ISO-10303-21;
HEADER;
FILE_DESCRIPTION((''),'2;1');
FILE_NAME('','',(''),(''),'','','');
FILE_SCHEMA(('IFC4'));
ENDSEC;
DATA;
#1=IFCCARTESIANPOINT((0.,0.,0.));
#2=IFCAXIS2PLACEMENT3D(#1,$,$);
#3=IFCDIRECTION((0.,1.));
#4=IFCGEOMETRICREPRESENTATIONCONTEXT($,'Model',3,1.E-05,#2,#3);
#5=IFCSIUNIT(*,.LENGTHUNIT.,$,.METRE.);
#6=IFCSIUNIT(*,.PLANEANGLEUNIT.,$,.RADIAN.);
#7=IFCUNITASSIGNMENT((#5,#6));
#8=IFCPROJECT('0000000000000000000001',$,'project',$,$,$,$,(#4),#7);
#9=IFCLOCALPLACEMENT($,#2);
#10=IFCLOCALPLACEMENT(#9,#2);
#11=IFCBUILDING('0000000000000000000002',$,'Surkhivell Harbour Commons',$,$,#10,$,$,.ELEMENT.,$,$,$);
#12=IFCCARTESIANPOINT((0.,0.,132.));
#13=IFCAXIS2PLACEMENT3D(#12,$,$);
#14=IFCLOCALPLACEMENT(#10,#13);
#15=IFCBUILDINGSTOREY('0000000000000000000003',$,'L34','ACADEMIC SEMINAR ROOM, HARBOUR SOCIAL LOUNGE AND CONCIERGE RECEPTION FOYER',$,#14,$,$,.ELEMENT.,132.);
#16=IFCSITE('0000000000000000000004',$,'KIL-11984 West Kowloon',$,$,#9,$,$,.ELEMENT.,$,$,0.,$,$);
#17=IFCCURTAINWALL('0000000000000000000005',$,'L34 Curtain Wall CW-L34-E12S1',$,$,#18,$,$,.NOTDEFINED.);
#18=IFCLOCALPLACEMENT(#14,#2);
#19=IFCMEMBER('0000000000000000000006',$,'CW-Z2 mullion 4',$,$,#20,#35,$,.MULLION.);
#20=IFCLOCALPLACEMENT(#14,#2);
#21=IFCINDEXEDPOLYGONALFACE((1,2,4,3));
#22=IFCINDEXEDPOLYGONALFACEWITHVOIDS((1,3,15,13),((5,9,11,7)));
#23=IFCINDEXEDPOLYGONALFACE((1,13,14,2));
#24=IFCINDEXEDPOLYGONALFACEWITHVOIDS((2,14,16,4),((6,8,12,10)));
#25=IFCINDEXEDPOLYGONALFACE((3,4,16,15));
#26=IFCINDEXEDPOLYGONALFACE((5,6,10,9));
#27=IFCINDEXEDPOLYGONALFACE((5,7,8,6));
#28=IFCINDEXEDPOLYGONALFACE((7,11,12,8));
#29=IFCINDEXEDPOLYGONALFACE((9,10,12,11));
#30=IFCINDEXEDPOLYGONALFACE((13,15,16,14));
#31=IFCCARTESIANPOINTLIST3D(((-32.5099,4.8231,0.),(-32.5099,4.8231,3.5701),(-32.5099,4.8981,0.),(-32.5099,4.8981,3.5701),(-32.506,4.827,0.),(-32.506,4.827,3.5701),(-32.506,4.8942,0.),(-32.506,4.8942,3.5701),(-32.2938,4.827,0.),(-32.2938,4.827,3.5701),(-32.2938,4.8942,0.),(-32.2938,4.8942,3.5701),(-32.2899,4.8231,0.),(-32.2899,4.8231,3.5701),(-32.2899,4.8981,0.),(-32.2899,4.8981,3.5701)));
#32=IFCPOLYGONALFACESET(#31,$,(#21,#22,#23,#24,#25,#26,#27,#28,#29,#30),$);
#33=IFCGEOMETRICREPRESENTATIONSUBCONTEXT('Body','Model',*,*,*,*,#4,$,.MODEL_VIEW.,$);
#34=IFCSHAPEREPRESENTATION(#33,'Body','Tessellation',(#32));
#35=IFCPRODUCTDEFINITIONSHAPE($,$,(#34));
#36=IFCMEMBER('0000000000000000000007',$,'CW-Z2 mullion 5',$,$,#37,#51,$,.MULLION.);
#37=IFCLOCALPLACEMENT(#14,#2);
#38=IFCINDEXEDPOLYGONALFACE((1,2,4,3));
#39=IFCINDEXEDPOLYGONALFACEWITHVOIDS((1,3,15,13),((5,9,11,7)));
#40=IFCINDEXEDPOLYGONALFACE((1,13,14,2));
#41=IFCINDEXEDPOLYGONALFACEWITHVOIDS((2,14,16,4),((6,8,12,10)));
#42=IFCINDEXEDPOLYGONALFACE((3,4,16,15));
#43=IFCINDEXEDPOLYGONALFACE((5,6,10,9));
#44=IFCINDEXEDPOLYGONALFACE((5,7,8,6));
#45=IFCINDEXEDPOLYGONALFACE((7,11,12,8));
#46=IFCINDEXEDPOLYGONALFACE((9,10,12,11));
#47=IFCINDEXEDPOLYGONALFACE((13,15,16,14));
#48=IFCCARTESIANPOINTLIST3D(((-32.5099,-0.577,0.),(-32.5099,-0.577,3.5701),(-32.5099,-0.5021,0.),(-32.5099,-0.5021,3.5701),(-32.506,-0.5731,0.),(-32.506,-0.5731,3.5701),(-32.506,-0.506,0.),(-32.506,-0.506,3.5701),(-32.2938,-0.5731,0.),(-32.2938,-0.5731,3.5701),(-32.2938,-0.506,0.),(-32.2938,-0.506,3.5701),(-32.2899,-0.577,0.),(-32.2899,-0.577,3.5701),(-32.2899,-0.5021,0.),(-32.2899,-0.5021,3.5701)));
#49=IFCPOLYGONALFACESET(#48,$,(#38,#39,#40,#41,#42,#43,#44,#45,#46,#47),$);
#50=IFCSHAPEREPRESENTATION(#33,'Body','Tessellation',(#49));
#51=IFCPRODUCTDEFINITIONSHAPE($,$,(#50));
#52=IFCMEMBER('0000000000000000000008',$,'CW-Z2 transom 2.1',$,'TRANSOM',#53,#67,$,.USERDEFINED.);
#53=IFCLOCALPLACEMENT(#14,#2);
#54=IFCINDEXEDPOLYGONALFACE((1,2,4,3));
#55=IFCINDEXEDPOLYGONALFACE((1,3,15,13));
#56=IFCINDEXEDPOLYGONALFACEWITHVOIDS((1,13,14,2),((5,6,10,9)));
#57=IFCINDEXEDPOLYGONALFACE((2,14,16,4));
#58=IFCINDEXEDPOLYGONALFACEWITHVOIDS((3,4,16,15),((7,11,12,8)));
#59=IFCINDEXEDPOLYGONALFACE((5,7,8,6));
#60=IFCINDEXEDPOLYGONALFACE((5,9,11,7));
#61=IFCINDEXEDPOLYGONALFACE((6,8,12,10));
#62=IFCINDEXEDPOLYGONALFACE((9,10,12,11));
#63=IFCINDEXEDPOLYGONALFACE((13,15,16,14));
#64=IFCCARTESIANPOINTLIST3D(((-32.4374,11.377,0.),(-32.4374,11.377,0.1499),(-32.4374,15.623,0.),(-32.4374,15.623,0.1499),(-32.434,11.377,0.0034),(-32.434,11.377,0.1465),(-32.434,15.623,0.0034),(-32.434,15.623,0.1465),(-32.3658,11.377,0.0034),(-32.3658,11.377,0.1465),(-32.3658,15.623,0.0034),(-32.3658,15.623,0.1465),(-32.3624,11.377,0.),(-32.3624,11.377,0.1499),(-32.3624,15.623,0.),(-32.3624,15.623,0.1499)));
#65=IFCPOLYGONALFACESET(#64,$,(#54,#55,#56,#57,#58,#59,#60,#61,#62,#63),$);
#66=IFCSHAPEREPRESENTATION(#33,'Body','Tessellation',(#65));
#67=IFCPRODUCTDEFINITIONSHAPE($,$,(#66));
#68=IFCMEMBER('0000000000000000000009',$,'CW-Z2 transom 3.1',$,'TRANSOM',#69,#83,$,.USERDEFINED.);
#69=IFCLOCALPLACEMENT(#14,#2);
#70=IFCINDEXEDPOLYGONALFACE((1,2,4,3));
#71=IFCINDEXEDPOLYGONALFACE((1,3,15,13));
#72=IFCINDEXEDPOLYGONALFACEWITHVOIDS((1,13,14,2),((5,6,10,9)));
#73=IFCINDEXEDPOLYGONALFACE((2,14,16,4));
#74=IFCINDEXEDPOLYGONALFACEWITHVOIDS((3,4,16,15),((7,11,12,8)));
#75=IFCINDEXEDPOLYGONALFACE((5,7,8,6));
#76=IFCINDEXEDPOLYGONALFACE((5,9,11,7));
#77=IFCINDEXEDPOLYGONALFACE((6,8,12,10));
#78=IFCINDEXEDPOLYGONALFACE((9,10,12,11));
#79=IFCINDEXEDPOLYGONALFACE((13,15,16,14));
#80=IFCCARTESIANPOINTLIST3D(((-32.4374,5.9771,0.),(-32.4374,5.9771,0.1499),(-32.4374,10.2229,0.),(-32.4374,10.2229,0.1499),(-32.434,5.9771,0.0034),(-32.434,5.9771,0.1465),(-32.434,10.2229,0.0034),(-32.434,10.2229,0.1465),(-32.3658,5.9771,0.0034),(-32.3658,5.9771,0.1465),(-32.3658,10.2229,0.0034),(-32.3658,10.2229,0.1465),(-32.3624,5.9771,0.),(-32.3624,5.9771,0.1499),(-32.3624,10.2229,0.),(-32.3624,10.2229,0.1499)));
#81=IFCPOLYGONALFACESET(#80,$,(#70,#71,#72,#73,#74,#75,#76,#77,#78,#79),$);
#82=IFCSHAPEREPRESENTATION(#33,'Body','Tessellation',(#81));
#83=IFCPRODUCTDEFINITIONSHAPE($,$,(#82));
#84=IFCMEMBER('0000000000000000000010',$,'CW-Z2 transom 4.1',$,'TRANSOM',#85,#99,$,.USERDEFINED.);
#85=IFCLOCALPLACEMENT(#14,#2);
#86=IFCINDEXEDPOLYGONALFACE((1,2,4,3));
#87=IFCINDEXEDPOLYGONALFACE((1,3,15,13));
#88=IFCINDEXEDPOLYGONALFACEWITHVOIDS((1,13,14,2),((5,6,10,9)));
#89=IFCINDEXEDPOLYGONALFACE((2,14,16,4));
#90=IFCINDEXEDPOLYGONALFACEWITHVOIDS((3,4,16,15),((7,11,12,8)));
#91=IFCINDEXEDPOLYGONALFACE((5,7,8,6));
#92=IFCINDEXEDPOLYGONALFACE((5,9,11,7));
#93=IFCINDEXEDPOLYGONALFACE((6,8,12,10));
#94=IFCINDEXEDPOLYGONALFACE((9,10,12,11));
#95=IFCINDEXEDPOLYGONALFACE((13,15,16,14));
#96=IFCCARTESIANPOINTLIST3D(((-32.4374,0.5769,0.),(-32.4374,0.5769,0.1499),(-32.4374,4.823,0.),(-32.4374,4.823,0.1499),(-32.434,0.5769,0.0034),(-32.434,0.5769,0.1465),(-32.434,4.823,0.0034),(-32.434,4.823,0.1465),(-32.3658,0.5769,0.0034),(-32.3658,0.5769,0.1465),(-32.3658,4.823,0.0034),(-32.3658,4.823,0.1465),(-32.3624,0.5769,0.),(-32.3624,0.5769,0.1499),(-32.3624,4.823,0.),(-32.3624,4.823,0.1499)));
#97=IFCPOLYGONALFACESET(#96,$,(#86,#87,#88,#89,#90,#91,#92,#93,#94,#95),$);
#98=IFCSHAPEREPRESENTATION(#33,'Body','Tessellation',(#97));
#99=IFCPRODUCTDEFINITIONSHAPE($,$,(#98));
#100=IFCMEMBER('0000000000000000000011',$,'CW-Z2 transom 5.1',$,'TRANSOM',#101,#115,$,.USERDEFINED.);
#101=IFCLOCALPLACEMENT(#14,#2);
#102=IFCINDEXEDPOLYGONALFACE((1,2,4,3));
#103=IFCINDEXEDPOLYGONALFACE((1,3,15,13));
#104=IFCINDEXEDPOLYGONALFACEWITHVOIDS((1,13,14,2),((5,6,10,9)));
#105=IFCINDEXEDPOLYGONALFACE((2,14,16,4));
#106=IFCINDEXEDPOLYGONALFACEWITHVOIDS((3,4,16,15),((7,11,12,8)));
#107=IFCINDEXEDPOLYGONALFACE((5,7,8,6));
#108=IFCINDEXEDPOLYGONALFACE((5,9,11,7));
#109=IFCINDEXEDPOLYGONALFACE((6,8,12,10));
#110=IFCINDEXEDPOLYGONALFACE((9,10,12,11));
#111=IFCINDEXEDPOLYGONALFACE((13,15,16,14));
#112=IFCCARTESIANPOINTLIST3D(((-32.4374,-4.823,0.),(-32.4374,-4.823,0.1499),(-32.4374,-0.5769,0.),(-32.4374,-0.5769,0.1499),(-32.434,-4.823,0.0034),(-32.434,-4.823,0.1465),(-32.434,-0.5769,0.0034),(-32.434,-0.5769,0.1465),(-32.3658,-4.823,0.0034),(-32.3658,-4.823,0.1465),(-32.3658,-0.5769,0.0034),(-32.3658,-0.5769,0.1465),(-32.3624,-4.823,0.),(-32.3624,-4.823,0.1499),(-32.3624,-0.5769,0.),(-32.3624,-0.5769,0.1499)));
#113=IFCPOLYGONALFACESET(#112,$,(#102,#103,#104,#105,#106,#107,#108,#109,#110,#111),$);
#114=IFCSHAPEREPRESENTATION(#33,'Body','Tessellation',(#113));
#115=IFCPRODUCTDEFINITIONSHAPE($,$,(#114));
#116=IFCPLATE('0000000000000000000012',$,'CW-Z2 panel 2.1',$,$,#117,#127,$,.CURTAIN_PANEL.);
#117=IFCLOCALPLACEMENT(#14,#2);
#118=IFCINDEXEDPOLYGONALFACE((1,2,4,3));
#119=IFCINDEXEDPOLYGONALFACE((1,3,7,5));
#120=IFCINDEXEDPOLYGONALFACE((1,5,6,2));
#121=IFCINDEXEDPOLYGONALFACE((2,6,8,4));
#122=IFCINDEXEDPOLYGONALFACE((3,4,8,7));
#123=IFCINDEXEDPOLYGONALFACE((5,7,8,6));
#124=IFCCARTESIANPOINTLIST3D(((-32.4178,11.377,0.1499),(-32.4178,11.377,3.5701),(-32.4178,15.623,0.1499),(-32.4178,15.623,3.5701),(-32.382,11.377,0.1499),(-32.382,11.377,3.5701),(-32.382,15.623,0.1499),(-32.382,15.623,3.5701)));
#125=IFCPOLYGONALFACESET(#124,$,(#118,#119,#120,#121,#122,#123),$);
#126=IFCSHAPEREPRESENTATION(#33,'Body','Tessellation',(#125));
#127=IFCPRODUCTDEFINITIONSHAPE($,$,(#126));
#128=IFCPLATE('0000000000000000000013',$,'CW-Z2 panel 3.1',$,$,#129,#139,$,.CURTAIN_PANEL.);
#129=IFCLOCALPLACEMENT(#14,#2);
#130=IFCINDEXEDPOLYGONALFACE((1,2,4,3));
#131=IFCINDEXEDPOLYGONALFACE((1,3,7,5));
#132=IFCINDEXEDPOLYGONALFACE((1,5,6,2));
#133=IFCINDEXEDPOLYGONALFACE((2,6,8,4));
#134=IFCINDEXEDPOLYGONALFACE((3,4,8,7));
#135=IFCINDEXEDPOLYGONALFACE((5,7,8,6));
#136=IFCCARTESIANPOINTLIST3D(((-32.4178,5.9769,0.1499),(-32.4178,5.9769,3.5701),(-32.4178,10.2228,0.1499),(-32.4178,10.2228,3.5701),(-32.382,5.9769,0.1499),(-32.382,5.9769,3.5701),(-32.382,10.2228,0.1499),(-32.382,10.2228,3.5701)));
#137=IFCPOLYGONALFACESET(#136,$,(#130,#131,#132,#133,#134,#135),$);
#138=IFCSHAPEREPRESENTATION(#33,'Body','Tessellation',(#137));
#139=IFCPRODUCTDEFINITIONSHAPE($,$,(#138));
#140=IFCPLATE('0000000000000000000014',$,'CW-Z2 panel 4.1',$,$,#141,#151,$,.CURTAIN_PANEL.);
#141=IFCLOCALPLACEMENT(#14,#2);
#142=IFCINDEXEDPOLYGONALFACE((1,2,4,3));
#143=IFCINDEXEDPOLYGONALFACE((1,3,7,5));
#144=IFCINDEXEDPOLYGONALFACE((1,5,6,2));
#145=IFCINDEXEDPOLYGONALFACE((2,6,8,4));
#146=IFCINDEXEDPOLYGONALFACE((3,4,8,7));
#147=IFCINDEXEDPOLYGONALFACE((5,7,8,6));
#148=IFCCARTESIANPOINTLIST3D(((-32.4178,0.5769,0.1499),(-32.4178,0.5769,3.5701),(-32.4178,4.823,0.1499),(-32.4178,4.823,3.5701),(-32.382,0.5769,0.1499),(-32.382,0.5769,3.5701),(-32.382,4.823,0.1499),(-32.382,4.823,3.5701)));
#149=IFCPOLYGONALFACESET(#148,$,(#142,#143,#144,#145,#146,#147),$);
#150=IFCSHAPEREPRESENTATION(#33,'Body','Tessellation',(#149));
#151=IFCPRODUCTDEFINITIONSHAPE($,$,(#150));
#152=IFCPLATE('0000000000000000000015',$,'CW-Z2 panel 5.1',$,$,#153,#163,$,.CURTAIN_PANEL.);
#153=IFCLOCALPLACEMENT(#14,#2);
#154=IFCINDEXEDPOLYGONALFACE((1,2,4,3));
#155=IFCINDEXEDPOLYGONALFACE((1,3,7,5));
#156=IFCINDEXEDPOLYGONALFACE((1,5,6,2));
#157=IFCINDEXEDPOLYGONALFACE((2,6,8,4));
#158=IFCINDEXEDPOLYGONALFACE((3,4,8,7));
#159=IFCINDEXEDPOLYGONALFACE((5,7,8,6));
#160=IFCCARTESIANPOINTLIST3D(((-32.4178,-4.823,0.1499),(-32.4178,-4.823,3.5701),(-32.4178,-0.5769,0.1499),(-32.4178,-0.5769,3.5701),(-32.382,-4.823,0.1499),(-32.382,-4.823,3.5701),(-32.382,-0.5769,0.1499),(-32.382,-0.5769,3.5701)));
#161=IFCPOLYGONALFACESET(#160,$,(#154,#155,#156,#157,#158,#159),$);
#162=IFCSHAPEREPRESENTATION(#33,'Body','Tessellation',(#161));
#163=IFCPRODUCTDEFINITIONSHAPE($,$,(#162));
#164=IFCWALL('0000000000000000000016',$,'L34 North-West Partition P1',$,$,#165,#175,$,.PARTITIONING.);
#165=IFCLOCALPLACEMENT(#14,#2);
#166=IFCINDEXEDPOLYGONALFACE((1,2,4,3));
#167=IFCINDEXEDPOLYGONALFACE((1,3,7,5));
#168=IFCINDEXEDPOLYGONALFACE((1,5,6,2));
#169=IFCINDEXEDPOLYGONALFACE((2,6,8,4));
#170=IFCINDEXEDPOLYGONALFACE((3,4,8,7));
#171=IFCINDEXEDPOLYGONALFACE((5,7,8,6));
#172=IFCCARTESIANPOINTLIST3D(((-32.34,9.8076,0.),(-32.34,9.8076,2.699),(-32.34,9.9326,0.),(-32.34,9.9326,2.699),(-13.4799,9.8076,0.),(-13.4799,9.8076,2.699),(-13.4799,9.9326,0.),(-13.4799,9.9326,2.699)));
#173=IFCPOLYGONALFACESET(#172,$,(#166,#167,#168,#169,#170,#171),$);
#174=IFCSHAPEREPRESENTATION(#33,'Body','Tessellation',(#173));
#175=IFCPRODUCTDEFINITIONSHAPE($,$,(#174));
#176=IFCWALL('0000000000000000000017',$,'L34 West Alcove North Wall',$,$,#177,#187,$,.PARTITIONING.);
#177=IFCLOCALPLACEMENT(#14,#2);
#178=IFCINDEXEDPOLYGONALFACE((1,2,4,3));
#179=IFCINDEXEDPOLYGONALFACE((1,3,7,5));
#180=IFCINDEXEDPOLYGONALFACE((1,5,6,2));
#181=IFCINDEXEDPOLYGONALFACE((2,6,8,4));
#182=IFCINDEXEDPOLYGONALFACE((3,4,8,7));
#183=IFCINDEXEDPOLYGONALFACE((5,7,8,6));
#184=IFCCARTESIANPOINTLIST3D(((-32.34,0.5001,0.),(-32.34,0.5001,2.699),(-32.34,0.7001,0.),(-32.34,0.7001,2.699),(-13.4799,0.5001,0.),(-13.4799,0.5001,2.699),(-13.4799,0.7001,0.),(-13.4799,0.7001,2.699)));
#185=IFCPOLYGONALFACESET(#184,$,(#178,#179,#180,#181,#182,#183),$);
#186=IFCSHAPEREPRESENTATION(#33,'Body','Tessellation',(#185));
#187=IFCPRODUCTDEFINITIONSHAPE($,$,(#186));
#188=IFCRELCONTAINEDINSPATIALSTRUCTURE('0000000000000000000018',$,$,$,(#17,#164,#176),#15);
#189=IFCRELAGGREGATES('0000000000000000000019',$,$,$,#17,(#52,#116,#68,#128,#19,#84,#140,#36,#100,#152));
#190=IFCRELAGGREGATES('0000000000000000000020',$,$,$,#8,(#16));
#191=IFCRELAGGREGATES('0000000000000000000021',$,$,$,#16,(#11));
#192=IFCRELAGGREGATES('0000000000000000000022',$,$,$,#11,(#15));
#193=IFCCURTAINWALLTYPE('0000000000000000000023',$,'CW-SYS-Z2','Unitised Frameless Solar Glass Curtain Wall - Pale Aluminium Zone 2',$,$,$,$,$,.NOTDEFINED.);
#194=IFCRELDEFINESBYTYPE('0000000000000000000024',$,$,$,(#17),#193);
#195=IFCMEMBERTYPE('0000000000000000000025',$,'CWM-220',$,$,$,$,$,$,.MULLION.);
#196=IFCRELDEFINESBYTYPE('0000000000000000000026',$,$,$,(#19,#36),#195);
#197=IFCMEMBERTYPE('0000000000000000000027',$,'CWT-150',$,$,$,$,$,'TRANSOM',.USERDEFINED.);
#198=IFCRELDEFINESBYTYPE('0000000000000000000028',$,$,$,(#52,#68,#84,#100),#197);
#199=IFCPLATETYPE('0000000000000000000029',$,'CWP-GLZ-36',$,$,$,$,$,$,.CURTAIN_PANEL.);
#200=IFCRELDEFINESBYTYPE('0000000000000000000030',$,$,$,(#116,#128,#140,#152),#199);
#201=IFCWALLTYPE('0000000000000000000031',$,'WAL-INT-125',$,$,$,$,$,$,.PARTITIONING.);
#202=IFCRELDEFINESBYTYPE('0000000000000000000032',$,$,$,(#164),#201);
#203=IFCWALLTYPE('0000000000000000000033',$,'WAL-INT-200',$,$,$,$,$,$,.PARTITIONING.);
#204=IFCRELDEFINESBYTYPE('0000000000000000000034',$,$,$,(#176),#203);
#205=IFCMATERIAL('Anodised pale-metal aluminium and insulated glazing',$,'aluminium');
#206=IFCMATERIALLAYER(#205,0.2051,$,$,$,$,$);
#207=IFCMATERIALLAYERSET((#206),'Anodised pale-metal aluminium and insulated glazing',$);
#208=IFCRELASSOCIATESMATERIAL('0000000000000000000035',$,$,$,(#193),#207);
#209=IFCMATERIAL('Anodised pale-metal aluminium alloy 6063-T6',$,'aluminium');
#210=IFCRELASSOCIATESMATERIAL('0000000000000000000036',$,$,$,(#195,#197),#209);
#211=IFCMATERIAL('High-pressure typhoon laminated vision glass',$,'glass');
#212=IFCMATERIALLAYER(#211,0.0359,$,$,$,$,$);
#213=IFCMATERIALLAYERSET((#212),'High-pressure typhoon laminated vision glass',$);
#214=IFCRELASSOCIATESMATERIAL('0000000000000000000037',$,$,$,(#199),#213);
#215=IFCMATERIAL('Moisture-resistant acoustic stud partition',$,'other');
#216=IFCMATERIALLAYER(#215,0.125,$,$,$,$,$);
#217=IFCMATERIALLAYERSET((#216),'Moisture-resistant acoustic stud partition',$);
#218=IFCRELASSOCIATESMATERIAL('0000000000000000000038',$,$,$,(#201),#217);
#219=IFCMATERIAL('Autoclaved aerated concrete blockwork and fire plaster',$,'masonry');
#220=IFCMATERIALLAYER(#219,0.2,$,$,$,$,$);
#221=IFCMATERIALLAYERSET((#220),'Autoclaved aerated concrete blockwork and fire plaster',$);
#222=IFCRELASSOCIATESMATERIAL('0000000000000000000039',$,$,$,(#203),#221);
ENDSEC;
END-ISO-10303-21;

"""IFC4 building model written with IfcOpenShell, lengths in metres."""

from ifc_helpers import new_model, si_unit, direction, frame, frame_2d, origin, origin_2d, place, context, subcontext, project, spatial, rectangle, hollow_rectangle, extrude, material, layer, layer_set, material_profile, profile_set, type_object, element, aggregate, save


model = new_model("IFC4")

# Units and contexts
model_context = context("Model", 3, precision=1e-05, world=origin(), true_north=direction((0.0, 1.0)))
body_context = subcontext(model_context, "Body", "Model", "MODEL_VIEW")
ifc_project = project(units=[si_unit("LENGTHUNIT", "METRE"), si_unit("PLANEANGLEUNIT", "RADIAN")], contexts=[model_context])

# Site, building, storey
site_placement = place(None, origin())
site = spatial("IfcSite", under=ifc_project, at=site_placement, Name="KIL-11984 West Kowloon", CompositionType="ELEMENT", RefElevation=0.0)
building_placement = place(site_placement, origin())
building = spatial("IfcBuilding", under=site, at=building_placement, Name="Surkhivell Harbour Commons", CompositionType="ELEMENT")
storey_placement = place(building_placement, frame((0.0, 0.0, 132.0)))
storey = spatial("IfcBuildingStorey", under=building, at=storey_placement, Name="L34", Description="ACADEMIC SEMINAR ROOM, HARBOUR SOCIAL LOUNGE AND CONCIERGE RECEPTION FOYER", CompositionType="ELEMENT", Elevation=132.0)

# Curtain wall, members, plates
ifc_material_1 = material(Name="Anodised pale-metal aluminium and insulated glazing", Category="aluminium")
ifc_layer_1 = layer(ifc_material_1, 0.2051)
ifc_layer_set_1 = layer_set([ifc_layer_1], Name="Anodised pale-metal aluminium and insulated glazing")
curtain_wall_type = type_object("IfcCurtainWallType", Name="CW-SYS-Z2", Description="Unitised Frameless Solar Glass Curtain Wall - Pale Aluminium Zone 2", PredefinedType="NOTDEFINED", material=ifc_layer_set_1)
curtain_wall_placement = place(storey_placement, origin())
curtain_wall = element("IfcCurtainWall", 1, at=curtain_wall_placement, inside=storey, type_object=curtain_wall_type, Name="L34 Curtain Wall CW-L34-E12S1", PredefinedType="NOTDEFINED")
ifc_material_2 = material(Name="Anodised pale-metal aluminium alloy 6063-T6", Category="aluminium")
ifc_material_profile_1 = material_profile(ifc_material_2, hollow_rectangle(XDim=0.075, YDim=0.22, WallThickness=0.0039, at=origin_2d()), Name="ALU-MULL-75x220")
ifc_profile_set_1 = profile_set([ifc_material_profile_1], Name="Anodised pale-metal aluminium alloy 6063-T6")
member_type_1 = type_object("IfcMemberType", Name="CWM-220", PredefinedType="MULLION", material=ifc_profile_set_1)
member_1_placement = place(storey_placement, frame((-32.3999, 4.8606, 0.0), z_axis=(0.0, 0.0, 1.0), x_axis=(0.0, -1.0, 0.0)))
member_1 = element("IfcMember", 2, at=member_1_placement, type_object=member_type_1, Name="CW-Z2 mullion 4", PredefinedType="MULLION", context=body_context, shape_type="SweptSolid", body=[
    extrude(hollow_rectangle(XDim=0.075, YDim=0.22, WallThickness=0.0039, at=origin_2d()), origin(), (0.0, 0.0, 1.0), 3.5701),
])
member_2_placement = place(storey_placement, frame((-32.3999, -0.5396, 0.0), z_axis=(0.0, 0.0, 1.0), x_axis=(0.0, -1.0, 0.0)))
member_2 = element("IfcMember", 3, at=member_2_placement, type_object=member_type_1, Name="CW-Z2 mullion 5", PredefinedType="MULLION", context=body_context, shape_type="SweptSolid", body=[
    extrude(hollow_rectangle(XDim=0.075, YDim=0.22, WallThickness=0.0039, at=origin_2d()), origin(), (0.0, 0.0, 1.0), 3.5701),
])
ifc_material_profile_2 = material_profile(ifc_material_2, hollow_rectangle(XDim=0.075, YDim=0.1499, WallThickness=0.0034, at=origin_2d()), Name="ALU-TRAN-75x150")
ifc_profile_set_2 = profile_set([ifc_material_profile_2], Name="Anodised pale-metal aluminium alloy 6063-T6")
member_type_2 = type_object("IfcMemberType", Name="CWT-150", ElementType="TRANSOM", PredefinedType="USERDEFINED", material=ifc_profile_set_2)
member_3_placement = place(storey_placement, frame((-32.3999, 15.623, 0.075), z_axis=(0.0, -1.0, 0.0), x_axis=(1.0, 0.0, 0.0)))
member_3 = element("IfcMember", 4, at=member_3_placement, type_object=member_type_2, Name="CW-Z2 transom 2.1", ObjectType="TRANSOM", PredefinedType="USERDEFINED", context=body_context, shape_type="SweptSolid", body=[
    extrude(hollow_rectangle(XDim=0.075, YDim=0.1499, WallThickness=0.0034, at=origin_2d()), origin(), (0.0, 0.0, 1.0), 4.2461),
])
member_4_placement = place(storey_placement, frame((-32.3999, 10.2229, 0.075), z_axis=(0.0, -1.0, 0.0), x_axis=(1.0, 0.0, 0.0)))
member_4 = element("IfcMember", 5, at=member_4_placement, type_object=member_type_2, Name="CW-Z2 transom 3.1", ObjectType="TRANSOM", PredefinedType="USERDEFINED", context=body_context, shape_type="SweptSolid", body=[
    extrude(hollow_rectangle(XDim=0.075, YDim=0.1499, WallThickness=0.0034, at=origin_2d()), origin(), (0.0, 0.0, 1.0), 4.2458),
])
member_5_placement = place(storey_placement, frame((-32.3999, 4.823, 0.075), z_axis=(0.0, -1.0, 0.0), x_axis=(1.0, 0.0, 0.0)))
member_5 = element("IfcMember", 6, at=member_5_placement, type_object=member_type_2, Name="CW-Z2 transom 4.1", ObjectType="TRANSOM", PredefinedType="USERDEFINED", context=body_context, shape_type="SweptSolid", body=[
    extrude(hollow_rectangle(XDim=0.075, YDim=0.1499, WallThickness=0.0034, at=origin_2d()), origin(), (0.0, 0.0, 1.0), 4.2461),
])
member_6_placement = place(storey_placement, frame((-32.3999, -0.5769, 0.075), z_axis=(0.0, -1.0, 0.0), x_axis=(1.0, 0.0, 0.0)))
member_6 = element("IfcMember", 7, at=member_6_placement, type_object=member_type_2, Name="CW-Z2 transom 5.1", ObjectType="TRANSOM", PredefinedType="USERDEFINED", context=body_context, shape_type="SweptSolid", body=[
    extrude(hollow_rectangle(XDim=0.075, YDim=0.1499, WallThickness=0.0034, at=origin_2d()), origin(), (0.0, 0.0, 1.0), 4.2461),
])
ifc_material_3 = material(Name="High-pressure typhoon laminated vision glass", Category="glass")
ifc_layer_2 = layer(ifc_material_3, 0.0359)
ifc_layer_set_2 = layer_set([ifc_layer_2], Name="High-pressure typhoon laminated vision glass")
plate_type = type_object("IfcPlateType", Name="CWP-GLZ-36", PredefinedType="CURTAIN_PANEL", material=ifc_layer_set_2)
plate_1_placement = place(storey_placement, frame((-32.3999, 15.623, 0.1499), z_axis=(0.0, 0.0, 1.0), x_axis=(0.0, -1.0, 0.0)))
plate_1 = element("IfcPlate", 8, at=plate_1_placement, type_object=plate_type, Name="CW-Z2 panel 2.1", PredefinedType="CURTAIN_PANEL", context=body_context, shape_type="SweptSolid", body=[
    extrude(rectangle(XDim=4.2461, YDim=0.0359, at=frame_2d((2.123, 0.0))), origin(), (0.0, 0.0, 1.0), 3.4202),
])
plate_2_placement = place(storey_placement, frame((-32.3999, 10.2229, 0.1499), z_axis=(0.0, 0.0, 1.0), x_axis=(0.0, -1.0, 0.0)))
plate_2 = element("IfcPlate", 9, at=plate_2_placement, type_object=plate_type, Name="CW-Z2 panel 3.1", PredefinedType="CURTAIN_PANEL", context=body_context, shape_type="SweptSolid", body=[
    extrude(rectangle(XDim=4.2458, YDim=0.0359, at=frame_2d((2.123, 0.0))), origin(), (0.0, 0.0, 1.0), 3.4202),
])
plate_3_placement = place(storey_placement, frame((-32.3999, 4.823, 0.1499), z_axis=(0.0, 0.0, 1.0), x_axis=(0.0, -1.0, 0.0)))
plate_3 = element("IfcPlate", 10, at=plate_3_placement, type_object=plate_type, Name="CW-Z2 panel 4.1", PredefinedType="CURTAIN_PANEL", context=body_context, shape_type="SweptSolid", body=[
    extrude(rectangle(XDim=4.2461, YDim=0.0359, at=frame_2d((2.123, 0.0))), origin(), (0.0, 0.0, 1.0), 3.4202),
])
plate_4_placement = place(storey_placement, frame((-32.3999, -0.5769, 0.1499), z_axis=(0.0, 0.0, 1.0), x_axis=(0.0, -1.0, 0.0)))
plate_4 = element("IfcPlate", 11, at=plate_4_placement, type_object=plate_type, Name="CW-Z2 panel 5.1", PredefinedType="CURTAIN_PANEL", context=body_context, shape_type="SweptSolid", body=[
    extrude(rectangle(XDim=4.2461, YDim=0.0359, at=frame_2d((2.123, 0.0))), origin(), (0.0, 0.0, 1.0), 3.4202),
])
aggregate(curtain_wall, [member_3, plate_1, member_4, plate_2, member_1, member_5, plate_3, member_2, member_6, plate_4])

# Walls
ifc_material_4 = material(Name="Moisture-resistant acoustic stud partition", Category="other")
ifc_layer_3 = layer(ifc_material_4, 0.125)
ifc_layer_set_3 = layer_set([ifc_layer_3], Name="Moisture-resistant acoustic stud partition")
wall_type_1 = type_object("IfcWallType", Name="WAL-INT-125", PredefinedType="PARTITIONING", material=ifc_layer_set_3)
wall_1_placement = place(storey_placement, frame((-32.3401, 9.8701, 0.0), z_axis=(0.0, 0.0, 1.0), x_axis=(1.0, 0.0, 0.0)))
element("IfcWall", 12, at=wall_1_placement, inside=storey, type_object=wall_type_1, Name="L34 North-West Partition P1", PredefinedType="PARTITIONING", context=body_context, shape_type="SweptSolid", body=[
    extrude(rectangle(XDim=18.8601, YDim=0.125, at=frame_2d((9.4302, 0.0))), origin(), (0.0, 0.0, 1.0), 2.699),
])
ifc_material_5 = material(Name="Autoclaved aerated concrete blockwork and fire plaster", Category="masonry")
ifc_layer_4 = layer(ifc_material_5, 0.2)
ifc_layer_set_4 = layer_set([ifc_layer_4], Name="Autoclaved aerated concrete blockwork and fire plaster")
wall_type_2 = type_object("IfcWallType", Name="WAL-INT-200", PredefinedType="PARTITIONING", material=ifc_layer_set_4)
wall_2_placement = place(storey_placement, frame((-32.3401, 0.6001, 0.0), z_axis=(0.0, 0.0, 1.0), x_axis=(1.0, 0.0, 0.0)))
element("IfcWall", 13, at=wall_2_placement, inside=storey, type_object=wall_type_2, Name="L34 West Alcove North Wall", PredefinedType="PARTITIONING", context=body_context, shape_type="SweptSolid", body=[
    extrude(rectangle(XDim=18.8601, YDim=0.2, at=frame_2d((9.4302, 0.0))), origin(), (0.0, 0.0, 1.0), 2.699),
])

save(model, "model.ifc")
